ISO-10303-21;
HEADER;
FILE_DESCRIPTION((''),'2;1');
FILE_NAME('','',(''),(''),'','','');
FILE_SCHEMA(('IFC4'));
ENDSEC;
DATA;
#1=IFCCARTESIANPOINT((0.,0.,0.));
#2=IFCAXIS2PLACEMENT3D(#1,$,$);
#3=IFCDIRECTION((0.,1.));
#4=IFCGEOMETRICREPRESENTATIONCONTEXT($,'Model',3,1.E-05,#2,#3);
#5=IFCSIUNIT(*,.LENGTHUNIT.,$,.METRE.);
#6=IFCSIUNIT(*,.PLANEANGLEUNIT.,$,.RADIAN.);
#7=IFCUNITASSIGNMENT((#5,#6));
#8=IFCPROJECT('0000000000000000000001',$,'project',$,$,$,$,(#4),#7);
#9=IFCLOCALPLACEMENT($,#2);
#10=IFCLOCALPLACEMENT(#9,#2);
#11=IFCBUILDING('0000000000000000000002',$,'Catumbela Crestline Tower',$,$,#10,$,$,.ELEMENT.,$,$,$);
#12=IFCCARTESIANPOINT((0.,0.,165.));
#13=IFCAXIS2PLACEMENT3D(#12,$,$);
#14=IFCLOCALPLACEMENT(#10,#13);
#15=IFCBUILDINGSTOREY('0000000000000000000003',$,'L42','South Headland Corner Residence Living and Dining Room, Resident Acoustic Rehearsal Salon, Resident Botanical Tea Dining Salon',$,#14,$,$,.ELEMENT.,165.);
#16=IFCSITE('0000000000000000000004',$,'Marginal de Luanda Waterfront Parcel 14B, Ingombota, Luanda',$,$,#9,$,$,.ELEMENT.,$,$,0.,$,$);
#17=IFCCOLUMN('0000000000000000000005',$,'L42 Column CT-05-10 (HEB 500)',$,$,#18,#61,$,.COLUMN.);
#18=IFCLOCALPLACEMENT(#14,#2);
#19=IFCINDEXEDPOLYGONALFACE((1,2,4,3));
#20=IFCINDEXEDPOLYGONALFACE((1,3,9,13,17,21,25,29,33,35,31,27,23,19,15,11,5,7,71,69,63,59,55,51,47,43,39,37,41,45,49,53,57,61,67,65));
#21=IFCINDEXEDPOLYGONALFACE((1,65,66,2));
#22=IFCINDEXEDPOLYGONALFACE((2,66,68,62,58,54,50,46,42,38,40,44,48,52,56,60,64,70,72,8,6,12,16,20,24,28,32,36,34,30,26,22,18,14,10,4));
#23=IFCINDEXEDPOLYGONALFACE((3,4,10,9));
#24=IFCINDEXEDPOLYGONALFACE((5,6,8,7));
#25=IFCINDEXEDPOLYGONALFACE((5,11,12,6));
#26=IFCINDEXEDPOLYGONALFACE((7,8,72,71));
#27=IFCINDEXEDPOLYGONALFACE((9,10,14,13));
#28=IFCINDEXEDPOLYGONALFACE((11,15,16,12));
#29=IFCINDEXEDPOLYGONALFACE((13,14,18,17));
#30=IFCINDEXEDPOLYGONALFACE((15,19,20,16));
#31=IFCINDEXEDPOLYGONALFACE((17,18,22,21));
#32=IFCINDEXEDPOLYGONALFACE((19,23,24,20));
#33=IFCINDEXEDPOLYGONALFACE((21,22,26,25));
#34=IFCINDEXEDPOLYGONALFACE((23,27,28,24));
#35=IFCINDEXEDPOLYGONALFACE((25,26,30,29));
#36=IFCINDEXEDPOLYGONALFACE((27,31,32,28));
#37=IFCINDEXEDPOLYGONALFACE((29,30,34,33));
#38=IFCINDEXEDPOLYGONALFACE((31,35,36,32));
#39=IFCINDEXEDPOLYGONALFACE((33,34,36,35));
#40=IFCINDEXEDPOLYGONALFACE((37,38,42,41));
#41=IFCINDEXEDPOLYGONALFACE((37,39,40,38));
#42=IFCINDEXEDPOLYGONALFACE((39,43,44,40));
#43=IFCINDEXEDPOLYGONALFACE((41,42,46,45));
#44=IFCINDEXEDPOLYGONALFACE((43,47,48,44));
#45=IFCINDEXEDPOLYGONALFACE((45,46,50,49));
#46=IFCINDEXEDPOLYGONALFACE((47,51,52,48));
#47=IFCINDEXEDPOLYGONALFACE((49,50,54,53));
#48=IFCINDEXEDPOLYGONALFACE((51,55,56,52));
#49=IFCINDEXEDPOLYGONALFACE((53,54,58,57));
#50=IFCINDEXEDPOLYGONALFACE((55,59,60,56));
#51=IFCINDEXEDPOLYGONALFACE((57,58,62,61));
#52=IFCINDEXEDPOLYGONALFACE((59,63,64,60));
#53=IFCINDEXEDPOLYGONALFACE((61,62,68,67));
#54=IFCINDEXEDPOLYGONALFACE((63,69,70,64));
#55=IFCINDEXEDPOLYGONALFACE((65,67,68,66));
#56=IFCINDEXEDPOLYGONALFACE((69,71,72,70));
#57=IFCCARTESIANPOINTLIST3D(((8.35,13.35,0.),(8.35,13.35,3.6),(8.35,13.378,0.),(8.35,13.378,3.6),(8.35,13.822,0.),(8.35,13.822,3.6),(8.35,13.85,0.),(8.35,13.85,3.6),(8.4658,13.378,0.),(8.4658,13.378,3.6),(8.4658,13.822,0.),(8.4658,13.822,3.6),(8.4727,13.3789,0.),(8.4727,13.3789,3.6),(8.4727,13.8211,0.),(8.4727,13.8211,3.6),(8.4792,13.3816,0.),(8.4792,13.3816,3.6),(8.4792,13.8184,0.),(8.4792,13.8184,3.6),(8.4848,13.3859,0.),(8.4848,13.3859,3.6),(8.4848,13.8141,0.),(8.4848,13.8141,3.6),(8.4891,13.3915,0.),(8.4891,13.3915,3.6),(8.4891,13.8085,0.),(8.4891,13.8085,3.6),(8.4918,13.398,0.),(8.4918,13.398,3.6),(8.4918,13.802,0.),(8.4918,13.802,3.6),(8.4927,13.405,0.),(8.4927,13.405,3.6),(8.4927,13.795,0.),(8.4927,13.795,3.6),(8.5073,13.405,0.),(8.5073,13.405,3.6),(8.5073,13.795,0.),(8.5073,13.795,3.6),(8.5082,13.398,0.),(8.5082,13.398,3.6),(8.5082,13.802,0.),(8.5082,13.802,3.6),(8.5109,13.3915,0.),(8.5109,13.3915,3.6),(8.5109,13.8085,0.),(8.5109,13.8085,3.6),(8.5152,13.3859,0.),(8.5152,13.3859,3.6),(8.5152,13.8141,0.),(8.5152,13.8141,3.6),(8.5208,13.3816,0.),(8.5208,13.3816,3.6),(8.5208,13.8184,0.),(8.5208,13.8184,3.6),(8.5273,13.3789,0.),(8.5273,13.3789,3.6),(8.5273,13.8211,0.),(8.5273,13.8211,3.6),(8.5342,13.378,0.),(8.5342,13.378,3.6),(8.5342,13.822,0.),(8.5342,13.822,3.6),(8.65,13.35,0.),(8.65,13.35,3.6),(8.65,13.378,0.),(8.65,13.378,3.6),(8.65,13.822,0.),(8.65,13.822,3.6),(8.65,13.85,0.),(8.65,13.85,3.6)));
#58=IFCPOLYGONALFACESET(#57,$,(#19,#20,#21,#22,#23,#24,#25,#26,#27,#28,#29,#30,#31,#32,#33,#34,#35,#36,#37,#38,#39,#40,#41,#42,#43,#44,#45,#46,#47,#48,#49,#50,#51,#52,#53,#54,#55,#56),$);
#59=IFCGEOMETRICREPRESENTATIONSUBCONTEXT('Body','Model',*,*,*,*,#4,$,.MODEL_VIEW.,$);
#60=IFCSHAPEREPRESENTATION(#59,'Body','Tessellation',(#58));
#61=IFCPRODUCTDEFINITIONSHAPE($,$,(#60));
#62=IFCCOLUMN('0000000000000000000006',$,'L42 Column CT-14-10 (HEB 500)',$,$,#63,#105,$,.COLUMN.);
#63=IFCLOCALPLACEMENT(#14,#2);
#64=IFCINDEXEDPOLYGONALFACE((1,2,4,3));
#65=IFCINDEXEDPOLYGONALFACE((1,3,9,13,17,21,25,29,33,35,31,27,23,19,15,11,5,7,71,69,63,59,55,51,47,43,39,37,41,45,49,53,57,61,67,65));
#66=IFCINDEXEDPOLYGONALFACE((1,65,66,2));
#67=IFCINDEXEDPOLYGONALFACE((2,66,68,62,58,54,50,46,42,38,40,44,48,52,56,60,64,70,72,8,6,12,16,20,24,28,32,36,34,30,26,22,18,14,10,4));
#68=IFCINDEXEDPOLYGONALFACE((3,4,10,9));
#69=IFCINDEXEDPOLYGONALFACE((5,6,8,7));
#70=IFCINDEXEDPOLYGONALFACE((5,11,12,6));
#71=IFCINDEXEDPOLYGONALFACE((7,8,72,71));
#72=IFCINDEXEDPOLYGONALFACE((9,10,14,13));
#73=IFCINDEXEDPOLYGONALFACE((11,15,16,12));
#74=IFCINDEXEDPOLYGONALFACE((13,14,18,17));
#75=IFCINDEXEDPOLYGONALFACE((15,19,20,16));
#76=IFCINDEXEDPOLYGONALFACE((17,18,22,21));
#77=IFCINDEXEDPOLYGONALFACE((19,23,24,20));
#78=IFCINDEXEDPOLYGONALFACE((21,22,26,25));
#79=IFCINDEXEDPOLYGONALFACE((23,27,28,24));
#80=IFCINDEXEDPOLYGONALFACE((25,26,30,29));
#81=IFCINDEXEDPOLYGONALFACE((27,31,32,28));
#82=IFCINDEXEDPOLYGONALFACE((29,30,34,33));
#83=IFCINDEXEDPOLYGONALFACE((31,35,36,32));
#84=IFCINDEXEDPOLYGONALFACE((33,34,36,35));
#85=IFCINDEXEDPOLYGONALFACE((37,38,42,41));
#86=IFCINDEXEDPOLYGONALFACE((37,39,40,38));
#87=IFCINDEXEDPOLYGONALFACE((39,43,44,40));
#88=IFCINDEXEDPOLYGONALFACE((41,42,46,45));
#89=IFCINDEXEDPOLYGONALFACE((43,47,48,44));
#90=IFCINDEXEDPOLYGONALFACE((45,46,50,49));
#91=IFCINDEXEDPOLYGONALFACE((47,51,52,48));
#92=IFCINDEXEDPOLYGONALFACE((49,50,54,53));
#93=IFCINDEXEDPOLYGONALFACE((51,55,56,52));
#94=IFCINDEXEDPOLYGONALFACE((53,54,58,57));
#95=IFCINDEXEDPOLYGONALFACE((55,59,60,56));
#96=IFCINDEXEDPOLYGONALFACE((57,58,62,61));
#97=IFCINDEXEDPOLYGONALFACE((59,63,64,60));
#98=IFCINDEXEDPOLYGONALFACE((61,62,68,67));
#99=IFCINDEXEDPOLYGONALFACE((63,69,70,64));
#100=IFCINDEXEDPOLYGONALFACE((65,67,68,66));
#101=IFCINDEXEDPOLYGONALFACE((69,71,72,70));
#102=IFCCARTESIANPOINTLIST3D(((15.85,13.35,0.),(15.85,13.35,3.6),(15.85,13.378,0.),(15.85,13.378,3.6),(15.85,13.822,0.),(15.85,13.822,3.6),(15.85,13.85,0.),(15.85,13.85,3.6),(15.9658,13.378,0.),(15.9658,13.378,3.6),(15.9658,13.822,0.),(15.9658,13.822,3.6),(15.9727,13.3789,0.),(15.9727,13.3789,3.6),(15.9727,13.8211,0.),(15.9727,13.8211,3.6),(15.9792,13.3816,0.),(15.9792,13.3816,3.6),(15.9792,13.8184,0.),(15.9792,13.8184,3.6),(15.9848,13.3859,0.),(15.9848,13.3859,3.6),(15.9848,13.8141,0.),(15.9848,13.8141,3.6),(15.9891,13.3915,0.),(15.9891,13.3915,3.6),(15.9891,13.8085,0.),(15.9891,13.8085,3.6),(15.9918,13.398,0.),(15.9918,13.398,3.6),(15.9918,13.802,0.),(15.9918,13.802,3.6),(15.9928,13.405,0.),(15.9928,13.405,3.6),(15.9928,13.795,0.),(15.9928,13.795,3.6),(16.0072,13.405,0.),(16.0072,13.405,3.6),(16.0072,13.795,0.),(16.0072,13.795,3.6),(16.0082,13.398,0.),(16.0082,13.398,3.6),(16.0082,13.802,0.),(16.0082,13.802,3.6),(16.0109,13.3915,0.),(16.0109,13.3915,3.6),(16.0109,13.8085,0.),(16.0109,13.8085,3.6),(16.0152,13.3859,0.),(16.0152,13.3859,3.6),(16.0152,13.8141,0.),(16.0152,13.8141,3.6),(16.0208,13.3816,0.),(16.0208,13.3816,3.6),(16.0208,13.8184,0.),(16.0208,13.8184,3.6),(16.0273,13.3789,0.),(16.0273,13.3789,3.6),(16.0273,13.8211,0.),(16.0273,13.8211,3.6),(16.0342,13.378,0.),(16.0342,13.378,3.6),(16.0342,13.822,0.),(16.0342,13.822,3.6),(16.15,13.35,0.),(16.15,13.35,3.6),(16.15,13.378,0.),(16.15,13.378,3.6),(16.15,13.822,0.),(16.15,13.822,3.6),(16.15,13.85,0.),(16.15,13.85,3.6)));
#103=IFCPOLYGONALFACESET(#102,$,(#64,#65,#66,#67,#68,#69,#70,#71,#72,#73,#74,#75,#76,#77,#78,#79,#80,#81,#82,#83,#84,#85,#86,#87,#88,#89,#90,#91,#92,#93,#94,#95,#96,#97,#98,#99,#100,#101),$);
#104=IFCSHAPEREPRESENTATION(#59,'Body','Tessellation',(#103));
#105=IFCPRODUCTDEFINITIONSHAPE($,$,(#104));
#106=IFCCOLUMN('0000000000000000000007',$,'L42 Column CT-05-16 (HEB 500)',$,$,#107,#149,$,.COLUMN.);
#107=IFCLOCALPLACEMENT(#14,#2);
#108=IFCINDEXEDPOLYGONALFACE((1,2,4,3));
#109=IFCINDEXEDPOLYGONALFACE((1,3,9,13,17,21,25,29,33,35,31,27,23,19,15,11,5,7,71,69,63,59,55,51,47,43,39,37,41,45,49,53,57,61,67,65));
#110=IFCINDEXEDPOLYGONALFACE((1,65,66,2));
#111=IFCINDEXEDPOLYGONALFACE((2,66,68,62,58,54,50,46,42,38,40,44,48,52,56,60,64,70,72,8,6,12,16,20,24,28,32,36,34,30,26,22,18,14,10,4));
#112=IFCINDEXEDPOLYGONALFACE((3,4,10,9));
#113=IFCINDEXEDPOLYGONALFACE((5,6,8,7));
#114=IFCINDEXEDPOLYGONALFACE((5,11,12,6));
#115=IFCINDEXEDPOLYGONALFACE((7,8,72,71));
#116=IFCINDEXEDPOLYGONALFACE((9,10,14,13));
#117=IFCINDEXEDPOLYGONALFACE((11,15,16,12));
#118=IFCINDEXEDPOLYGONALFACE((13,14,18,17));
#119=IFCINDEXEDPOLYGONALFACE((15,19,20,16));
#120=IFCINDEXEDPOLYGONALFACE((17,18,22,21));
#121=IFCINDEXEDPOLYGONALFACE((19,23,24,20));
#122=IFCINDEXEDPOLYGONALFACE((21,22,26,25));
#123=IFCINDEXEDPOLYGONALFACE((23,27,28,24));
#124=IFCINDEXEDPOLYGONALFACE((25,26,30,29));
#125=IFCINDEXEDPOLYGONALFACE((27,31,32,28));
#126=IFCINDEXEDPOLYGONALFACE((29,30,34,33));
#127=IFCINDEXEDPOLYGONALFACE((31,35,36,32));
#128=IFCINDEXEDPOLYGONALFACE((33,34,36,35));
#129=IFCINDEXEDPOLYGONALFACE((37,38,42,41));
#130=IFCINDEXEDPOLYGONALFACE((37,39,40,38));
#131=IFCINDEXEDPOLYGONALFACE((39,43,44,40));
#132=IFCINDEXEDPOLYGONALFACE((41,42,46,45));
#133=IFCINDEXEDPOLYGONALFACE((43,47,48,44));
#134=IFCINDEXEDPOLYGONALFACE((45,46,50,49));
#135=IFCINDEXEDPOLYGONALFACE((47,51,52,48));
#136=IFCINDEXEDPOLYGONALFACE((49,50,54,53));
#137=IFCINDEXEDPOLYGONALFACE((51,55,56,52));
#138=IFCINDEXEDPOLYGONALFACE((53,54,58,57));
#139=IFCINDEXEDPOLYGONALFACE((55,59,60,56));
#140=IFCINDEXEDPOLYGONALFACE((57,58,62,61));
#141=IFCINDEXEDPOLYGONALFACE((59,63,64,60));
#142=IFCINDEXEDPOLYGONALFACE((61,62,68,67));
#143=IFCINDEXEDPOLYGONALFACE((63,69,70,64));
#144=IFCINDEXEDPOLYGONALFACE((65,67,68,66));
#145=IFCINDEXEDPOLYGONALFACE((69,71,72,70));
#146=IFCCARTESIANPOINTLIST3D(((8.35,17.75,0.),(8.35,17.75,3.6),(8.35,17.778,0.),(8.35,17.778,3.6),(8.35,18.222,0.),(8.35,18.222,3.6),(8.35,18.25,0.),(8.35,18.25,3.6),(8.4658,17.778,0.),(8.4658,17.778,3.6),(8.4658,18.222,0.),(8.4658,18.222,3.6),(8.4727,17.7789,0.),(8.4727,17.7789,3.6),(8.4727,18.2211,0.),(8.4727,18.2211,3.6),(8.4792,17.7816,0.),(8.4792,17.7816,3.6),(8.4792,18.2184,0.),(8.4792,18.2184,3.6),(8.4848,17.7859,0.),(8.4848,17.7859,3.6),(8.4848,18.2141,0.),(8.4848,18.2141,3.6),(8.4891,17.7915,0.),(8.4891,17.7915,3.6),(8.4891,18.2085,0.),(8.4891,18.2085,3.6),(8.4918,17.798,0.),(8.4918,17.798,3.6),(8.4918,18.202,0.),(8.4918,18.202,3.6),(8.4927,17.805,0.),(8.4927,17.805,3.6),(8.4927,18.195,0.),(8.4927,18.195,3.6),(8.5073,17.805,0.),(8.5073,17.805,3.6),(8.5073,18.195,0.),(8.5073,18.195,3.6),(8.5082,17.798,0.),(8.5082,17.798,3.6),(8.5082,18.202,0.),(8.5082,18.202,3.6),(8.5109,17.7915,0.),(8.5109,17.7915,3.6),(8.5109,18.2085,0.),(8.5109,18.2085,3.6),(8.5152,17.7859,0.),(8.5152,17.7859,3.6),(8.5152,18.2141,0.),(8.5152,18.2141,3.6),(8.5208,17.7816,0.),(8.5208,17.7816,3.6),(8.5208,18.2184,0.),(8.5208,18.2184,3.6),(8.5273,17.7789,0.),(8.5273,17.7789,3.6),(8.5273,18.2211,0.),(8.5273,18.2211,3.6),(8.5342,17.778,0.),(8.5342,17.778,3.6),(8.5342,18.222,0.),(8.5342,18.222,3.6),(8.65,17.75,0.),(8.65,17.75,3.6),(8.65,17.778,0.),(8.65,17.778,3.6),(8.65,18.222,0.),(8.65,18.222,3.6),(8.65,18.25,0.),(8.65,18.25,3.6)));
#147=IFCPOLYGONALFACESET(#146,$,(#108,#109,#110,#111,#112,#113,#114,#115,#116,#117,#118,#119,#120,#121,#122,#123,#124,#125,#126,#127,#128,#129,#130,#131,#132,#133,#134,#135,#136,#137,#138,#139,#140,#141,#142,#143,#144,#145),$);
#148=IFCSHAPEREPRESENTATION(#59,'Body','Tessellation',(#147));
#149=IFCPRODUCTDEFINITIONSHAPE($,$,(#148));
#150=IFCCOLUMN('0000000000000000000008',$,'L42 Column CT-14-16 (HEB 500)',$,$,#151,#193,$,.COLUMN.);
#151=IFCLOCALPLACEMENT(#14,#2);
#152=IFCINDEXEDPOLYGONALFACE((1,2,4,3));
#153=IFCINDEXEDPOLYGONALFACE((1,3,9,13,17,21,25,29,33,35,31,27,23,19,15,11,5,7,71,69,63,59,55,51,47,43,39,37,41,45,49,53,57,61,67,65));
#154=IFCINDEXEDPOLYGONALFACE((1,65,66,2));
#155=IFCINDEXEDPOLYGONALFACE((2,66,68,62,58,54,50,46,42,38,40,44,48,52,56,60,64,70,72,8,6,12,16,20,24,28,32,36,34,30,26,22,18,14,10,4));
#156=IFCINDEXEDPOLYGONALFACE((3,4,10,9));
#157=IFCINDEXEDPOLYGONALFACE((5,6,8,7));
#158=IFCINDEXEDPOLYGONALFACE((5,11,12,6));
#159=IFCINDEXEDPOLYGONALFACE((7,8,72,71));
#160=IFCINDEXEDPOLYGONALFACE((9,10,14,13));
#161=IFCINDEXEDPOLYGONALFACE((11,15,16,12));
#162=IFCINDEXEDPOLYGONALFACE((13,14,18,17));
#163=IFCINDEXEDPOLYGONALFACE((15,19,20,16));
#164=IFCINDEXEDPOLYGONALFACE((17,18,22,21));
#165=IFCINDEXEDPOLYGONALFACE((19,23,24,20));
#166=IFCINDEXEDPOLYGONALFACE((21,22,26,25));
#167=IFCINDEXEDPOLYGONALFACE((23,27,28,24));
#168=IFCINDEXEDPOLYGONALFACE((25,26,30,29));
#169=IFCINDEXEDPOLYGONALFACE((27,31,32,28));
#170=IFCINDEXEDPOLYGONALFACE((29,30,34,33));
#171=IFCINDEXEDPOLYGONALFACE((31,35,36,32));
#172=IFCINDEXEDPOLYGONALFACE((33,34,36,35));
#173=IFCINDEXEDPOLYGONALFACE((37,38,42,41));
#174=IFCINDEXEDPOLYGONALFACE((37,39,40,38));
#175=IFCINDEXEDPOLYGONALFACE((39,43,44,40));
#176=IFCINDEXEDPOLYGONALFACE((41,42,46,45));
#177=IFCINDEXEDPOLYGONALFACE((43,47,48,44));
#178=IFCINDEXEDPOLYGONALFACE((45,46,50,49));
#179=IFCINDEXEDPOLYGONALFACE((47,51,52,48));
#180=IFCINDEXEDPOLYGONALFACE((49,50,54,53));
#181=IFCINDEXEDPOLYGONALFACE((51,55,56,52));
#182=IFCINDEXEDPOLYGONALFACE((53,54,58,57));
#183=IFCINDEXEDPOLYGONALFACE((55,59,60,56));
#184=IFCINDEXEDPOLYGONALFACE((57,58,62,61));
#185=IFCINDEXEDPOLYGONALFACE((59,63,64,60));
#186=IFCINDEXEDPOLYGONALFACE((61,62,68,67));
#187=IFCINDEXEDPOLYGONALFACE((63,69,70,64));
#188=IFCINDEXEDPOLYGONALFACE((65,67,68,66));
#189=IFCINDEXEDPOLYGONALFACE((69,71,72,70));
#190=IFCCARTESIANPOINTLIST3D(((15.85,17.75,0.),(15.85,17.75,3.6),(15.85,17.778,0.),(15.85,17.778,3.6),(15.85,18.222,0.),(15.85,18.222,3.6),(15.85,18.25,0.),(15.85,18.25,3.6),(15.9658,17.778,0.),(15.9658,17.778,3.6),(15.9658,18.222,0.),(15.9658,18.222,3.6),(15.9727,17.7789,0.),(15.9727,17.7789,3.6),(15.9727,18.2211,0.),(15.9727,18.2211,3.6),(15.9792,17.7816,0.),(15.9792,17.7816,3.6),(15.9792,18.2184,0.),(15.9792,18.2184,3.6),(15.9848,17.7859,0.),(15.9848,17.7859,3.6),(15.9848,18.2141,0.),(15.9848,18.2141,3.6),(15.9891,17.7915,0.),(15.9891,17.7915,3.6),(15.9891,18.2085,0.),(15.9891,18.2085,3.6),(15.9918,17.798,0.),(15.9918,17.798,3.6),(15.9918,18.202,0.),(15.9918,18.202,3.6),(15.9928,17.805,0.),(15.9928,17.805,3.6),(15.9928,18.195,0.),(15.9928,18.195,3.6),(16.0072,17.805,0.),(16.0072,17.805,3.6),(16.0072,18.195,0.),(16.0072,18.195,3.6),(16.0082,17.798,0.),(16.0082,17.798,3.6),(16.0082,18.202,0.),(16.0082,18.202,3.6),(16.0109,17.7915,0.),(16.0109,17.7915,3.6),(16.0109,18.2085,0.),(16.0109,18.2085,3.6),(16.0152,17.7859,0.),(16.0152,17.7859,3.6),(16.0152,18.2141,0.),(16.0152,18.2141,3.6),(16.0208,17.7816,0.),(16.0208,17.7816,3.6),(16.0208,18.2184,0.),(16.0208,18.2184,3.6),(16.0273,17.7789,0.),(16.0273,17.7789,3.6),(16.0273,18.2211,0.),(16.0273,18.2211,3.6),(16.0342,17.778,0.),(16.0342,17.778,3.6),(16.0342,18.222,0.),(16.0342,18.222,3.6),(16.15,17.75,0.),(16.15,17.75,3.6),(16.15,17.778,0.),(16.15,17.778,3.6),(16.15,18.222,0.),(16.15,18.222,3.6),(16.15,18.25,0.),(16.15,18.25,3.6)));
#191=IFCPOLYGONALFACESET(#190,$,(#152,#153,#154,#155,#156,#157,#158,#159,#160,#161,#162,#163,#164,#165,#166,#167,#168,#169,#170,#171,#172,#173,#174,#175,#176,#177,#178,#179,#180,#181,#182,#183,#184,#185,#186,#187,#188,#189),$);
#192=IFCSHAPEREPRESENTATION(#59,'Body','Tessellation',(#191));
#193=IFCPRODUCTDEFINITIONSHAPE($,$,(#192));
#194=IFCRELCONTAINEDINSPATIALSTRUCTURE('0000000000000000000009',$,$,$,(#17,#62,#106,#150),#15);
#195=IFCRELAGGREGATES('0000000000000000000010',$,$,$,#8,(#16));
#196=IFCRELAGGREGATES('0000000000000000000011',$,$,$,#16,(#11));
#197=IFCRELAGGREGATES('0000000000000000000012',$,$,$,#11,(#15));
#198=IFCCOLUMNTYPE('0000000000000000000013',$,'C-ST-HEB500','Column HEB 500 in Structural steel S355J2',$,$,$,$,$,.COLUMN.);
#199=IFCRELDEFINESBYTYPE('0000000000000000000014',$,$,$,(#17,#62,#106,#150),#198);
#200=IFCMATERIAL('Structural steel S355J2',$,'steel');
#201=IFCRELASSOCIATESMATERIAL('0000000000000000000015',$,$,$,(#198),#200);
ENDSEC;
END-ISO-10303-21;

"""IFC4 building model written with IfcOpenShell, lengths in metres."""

from ifc_helpers import new_model, si_unit, direction, frame, origin, origin_2d, place, context, subcontext, project, spatial, i_section, extrude, material, material_profile, profile_set, type_object, element, save


model = new_model("IFC4")

# Units and contexts
model_context = context("Model", 3, precision=1e-05, world=origin(), true_north=direction((0.0, 1.0)))
body_context = subcontext(model_context, "Body", "Model", "MODEL_VIEW")
ifc_project = project(units=[si_unit("LENGTHUNIT", "METRE"), si_unit("PLANEANGLEUNIT", "RADIAN")], contexts=[model_context])

# Site, building, storey
site_placement = place(None, origin())
site = spatial("IfcSite", under=ifc_project, at=site_placement, Name="Marginal de Luanda Waterfront Parcel 14B, Ingombota, Luanda", CompositionType="ELEMENT", RefElevation=0.0)
building_placement = place(site_placement, origin())
building = spatial("IfcBuilding", under=site, at=building_placement, Name="Catumbela Crestline Tower", CompositionType="ELEMENT")
storey_placement = place(building_placement, frame((0.0, 0.0, 165.0)))
storey = spatial("IfcBuildingStorey", under=building, at=storey_placement, Name="L42", Description="South Headland Corner Residence Living and Dining Room, Resident Acoustic Rehearsal Salon, Resident Botanical Tea Dining Salon", CompositionType="ELEMENT", Elevation=165.0)

# Columns
ifc_material_1 = material(Name="Structural steel S355J2", Category="steel")
ifc_material_profile_1 = material_profile(ifc_material_1, i_section(OverallWidth=0.3, OverallDepth=0.5, WebThickness=0.0145, FlangeThickness=0.028, FilletRadius=0.027, at=origin_2d()), Name="HEB 500")
ifc_profile_set_1 = profile_set([ifc_material_profile_1], Name="Structural steel S355J2")
column_type = type_object("IfcColumnType", Name="C-ST-HEB500", Description="Column HEB 500 in Structural steel S355J2", PredefinedType="COLUMN", material=ifc_profile_set_1)
for number, where, z_axis, x_axis, name in (
    (1, (8.5, 13.6, 0.0), (0.0, 0.0, 1.0), (1.0, 0.0, 0.0), "L42 Column CT-05-10 (HEB 500)"),
    (2, (16.0, 13.6, 0.0), (0.0, 0.0, 1.0), (1.0, 0.0, 0.0), "L42 Column CT-14-10 (HEB 500)"),
    (3, (8.5, 18.0, 0.0), (0.0, 0.0, 1.0), (1.0, 0.0, 0.0), "L42 Column CT-05-16 (HEB 500)"),
    (4, (16.0, 18.0, 0.0), (0.0, 0.0, 1.0), (1.0, 0.0, 0.0), "L42 Column CT-14-16 (HEB 500)"),
):
    element("IfcColumn", number, at=place(storey_placement, frame(where, z_axis=z_axis, x_axis=x_axis)), inside=storey, type_object=column_type, Name=name, PredefinedType="COLUMN", context=body_context, shape_type="SweptSolid", body=[
        extrude(i_section(OverallWidth=0.3, OverallDepth=0.5, WebThickness=0.0145, FlangeThickness=0.028, FilletRadius=0.027, at=origin_2d()), origin(), (0.0, 0.0, 1.0), 3.6),
    ])

save(model, "model.ifc")
